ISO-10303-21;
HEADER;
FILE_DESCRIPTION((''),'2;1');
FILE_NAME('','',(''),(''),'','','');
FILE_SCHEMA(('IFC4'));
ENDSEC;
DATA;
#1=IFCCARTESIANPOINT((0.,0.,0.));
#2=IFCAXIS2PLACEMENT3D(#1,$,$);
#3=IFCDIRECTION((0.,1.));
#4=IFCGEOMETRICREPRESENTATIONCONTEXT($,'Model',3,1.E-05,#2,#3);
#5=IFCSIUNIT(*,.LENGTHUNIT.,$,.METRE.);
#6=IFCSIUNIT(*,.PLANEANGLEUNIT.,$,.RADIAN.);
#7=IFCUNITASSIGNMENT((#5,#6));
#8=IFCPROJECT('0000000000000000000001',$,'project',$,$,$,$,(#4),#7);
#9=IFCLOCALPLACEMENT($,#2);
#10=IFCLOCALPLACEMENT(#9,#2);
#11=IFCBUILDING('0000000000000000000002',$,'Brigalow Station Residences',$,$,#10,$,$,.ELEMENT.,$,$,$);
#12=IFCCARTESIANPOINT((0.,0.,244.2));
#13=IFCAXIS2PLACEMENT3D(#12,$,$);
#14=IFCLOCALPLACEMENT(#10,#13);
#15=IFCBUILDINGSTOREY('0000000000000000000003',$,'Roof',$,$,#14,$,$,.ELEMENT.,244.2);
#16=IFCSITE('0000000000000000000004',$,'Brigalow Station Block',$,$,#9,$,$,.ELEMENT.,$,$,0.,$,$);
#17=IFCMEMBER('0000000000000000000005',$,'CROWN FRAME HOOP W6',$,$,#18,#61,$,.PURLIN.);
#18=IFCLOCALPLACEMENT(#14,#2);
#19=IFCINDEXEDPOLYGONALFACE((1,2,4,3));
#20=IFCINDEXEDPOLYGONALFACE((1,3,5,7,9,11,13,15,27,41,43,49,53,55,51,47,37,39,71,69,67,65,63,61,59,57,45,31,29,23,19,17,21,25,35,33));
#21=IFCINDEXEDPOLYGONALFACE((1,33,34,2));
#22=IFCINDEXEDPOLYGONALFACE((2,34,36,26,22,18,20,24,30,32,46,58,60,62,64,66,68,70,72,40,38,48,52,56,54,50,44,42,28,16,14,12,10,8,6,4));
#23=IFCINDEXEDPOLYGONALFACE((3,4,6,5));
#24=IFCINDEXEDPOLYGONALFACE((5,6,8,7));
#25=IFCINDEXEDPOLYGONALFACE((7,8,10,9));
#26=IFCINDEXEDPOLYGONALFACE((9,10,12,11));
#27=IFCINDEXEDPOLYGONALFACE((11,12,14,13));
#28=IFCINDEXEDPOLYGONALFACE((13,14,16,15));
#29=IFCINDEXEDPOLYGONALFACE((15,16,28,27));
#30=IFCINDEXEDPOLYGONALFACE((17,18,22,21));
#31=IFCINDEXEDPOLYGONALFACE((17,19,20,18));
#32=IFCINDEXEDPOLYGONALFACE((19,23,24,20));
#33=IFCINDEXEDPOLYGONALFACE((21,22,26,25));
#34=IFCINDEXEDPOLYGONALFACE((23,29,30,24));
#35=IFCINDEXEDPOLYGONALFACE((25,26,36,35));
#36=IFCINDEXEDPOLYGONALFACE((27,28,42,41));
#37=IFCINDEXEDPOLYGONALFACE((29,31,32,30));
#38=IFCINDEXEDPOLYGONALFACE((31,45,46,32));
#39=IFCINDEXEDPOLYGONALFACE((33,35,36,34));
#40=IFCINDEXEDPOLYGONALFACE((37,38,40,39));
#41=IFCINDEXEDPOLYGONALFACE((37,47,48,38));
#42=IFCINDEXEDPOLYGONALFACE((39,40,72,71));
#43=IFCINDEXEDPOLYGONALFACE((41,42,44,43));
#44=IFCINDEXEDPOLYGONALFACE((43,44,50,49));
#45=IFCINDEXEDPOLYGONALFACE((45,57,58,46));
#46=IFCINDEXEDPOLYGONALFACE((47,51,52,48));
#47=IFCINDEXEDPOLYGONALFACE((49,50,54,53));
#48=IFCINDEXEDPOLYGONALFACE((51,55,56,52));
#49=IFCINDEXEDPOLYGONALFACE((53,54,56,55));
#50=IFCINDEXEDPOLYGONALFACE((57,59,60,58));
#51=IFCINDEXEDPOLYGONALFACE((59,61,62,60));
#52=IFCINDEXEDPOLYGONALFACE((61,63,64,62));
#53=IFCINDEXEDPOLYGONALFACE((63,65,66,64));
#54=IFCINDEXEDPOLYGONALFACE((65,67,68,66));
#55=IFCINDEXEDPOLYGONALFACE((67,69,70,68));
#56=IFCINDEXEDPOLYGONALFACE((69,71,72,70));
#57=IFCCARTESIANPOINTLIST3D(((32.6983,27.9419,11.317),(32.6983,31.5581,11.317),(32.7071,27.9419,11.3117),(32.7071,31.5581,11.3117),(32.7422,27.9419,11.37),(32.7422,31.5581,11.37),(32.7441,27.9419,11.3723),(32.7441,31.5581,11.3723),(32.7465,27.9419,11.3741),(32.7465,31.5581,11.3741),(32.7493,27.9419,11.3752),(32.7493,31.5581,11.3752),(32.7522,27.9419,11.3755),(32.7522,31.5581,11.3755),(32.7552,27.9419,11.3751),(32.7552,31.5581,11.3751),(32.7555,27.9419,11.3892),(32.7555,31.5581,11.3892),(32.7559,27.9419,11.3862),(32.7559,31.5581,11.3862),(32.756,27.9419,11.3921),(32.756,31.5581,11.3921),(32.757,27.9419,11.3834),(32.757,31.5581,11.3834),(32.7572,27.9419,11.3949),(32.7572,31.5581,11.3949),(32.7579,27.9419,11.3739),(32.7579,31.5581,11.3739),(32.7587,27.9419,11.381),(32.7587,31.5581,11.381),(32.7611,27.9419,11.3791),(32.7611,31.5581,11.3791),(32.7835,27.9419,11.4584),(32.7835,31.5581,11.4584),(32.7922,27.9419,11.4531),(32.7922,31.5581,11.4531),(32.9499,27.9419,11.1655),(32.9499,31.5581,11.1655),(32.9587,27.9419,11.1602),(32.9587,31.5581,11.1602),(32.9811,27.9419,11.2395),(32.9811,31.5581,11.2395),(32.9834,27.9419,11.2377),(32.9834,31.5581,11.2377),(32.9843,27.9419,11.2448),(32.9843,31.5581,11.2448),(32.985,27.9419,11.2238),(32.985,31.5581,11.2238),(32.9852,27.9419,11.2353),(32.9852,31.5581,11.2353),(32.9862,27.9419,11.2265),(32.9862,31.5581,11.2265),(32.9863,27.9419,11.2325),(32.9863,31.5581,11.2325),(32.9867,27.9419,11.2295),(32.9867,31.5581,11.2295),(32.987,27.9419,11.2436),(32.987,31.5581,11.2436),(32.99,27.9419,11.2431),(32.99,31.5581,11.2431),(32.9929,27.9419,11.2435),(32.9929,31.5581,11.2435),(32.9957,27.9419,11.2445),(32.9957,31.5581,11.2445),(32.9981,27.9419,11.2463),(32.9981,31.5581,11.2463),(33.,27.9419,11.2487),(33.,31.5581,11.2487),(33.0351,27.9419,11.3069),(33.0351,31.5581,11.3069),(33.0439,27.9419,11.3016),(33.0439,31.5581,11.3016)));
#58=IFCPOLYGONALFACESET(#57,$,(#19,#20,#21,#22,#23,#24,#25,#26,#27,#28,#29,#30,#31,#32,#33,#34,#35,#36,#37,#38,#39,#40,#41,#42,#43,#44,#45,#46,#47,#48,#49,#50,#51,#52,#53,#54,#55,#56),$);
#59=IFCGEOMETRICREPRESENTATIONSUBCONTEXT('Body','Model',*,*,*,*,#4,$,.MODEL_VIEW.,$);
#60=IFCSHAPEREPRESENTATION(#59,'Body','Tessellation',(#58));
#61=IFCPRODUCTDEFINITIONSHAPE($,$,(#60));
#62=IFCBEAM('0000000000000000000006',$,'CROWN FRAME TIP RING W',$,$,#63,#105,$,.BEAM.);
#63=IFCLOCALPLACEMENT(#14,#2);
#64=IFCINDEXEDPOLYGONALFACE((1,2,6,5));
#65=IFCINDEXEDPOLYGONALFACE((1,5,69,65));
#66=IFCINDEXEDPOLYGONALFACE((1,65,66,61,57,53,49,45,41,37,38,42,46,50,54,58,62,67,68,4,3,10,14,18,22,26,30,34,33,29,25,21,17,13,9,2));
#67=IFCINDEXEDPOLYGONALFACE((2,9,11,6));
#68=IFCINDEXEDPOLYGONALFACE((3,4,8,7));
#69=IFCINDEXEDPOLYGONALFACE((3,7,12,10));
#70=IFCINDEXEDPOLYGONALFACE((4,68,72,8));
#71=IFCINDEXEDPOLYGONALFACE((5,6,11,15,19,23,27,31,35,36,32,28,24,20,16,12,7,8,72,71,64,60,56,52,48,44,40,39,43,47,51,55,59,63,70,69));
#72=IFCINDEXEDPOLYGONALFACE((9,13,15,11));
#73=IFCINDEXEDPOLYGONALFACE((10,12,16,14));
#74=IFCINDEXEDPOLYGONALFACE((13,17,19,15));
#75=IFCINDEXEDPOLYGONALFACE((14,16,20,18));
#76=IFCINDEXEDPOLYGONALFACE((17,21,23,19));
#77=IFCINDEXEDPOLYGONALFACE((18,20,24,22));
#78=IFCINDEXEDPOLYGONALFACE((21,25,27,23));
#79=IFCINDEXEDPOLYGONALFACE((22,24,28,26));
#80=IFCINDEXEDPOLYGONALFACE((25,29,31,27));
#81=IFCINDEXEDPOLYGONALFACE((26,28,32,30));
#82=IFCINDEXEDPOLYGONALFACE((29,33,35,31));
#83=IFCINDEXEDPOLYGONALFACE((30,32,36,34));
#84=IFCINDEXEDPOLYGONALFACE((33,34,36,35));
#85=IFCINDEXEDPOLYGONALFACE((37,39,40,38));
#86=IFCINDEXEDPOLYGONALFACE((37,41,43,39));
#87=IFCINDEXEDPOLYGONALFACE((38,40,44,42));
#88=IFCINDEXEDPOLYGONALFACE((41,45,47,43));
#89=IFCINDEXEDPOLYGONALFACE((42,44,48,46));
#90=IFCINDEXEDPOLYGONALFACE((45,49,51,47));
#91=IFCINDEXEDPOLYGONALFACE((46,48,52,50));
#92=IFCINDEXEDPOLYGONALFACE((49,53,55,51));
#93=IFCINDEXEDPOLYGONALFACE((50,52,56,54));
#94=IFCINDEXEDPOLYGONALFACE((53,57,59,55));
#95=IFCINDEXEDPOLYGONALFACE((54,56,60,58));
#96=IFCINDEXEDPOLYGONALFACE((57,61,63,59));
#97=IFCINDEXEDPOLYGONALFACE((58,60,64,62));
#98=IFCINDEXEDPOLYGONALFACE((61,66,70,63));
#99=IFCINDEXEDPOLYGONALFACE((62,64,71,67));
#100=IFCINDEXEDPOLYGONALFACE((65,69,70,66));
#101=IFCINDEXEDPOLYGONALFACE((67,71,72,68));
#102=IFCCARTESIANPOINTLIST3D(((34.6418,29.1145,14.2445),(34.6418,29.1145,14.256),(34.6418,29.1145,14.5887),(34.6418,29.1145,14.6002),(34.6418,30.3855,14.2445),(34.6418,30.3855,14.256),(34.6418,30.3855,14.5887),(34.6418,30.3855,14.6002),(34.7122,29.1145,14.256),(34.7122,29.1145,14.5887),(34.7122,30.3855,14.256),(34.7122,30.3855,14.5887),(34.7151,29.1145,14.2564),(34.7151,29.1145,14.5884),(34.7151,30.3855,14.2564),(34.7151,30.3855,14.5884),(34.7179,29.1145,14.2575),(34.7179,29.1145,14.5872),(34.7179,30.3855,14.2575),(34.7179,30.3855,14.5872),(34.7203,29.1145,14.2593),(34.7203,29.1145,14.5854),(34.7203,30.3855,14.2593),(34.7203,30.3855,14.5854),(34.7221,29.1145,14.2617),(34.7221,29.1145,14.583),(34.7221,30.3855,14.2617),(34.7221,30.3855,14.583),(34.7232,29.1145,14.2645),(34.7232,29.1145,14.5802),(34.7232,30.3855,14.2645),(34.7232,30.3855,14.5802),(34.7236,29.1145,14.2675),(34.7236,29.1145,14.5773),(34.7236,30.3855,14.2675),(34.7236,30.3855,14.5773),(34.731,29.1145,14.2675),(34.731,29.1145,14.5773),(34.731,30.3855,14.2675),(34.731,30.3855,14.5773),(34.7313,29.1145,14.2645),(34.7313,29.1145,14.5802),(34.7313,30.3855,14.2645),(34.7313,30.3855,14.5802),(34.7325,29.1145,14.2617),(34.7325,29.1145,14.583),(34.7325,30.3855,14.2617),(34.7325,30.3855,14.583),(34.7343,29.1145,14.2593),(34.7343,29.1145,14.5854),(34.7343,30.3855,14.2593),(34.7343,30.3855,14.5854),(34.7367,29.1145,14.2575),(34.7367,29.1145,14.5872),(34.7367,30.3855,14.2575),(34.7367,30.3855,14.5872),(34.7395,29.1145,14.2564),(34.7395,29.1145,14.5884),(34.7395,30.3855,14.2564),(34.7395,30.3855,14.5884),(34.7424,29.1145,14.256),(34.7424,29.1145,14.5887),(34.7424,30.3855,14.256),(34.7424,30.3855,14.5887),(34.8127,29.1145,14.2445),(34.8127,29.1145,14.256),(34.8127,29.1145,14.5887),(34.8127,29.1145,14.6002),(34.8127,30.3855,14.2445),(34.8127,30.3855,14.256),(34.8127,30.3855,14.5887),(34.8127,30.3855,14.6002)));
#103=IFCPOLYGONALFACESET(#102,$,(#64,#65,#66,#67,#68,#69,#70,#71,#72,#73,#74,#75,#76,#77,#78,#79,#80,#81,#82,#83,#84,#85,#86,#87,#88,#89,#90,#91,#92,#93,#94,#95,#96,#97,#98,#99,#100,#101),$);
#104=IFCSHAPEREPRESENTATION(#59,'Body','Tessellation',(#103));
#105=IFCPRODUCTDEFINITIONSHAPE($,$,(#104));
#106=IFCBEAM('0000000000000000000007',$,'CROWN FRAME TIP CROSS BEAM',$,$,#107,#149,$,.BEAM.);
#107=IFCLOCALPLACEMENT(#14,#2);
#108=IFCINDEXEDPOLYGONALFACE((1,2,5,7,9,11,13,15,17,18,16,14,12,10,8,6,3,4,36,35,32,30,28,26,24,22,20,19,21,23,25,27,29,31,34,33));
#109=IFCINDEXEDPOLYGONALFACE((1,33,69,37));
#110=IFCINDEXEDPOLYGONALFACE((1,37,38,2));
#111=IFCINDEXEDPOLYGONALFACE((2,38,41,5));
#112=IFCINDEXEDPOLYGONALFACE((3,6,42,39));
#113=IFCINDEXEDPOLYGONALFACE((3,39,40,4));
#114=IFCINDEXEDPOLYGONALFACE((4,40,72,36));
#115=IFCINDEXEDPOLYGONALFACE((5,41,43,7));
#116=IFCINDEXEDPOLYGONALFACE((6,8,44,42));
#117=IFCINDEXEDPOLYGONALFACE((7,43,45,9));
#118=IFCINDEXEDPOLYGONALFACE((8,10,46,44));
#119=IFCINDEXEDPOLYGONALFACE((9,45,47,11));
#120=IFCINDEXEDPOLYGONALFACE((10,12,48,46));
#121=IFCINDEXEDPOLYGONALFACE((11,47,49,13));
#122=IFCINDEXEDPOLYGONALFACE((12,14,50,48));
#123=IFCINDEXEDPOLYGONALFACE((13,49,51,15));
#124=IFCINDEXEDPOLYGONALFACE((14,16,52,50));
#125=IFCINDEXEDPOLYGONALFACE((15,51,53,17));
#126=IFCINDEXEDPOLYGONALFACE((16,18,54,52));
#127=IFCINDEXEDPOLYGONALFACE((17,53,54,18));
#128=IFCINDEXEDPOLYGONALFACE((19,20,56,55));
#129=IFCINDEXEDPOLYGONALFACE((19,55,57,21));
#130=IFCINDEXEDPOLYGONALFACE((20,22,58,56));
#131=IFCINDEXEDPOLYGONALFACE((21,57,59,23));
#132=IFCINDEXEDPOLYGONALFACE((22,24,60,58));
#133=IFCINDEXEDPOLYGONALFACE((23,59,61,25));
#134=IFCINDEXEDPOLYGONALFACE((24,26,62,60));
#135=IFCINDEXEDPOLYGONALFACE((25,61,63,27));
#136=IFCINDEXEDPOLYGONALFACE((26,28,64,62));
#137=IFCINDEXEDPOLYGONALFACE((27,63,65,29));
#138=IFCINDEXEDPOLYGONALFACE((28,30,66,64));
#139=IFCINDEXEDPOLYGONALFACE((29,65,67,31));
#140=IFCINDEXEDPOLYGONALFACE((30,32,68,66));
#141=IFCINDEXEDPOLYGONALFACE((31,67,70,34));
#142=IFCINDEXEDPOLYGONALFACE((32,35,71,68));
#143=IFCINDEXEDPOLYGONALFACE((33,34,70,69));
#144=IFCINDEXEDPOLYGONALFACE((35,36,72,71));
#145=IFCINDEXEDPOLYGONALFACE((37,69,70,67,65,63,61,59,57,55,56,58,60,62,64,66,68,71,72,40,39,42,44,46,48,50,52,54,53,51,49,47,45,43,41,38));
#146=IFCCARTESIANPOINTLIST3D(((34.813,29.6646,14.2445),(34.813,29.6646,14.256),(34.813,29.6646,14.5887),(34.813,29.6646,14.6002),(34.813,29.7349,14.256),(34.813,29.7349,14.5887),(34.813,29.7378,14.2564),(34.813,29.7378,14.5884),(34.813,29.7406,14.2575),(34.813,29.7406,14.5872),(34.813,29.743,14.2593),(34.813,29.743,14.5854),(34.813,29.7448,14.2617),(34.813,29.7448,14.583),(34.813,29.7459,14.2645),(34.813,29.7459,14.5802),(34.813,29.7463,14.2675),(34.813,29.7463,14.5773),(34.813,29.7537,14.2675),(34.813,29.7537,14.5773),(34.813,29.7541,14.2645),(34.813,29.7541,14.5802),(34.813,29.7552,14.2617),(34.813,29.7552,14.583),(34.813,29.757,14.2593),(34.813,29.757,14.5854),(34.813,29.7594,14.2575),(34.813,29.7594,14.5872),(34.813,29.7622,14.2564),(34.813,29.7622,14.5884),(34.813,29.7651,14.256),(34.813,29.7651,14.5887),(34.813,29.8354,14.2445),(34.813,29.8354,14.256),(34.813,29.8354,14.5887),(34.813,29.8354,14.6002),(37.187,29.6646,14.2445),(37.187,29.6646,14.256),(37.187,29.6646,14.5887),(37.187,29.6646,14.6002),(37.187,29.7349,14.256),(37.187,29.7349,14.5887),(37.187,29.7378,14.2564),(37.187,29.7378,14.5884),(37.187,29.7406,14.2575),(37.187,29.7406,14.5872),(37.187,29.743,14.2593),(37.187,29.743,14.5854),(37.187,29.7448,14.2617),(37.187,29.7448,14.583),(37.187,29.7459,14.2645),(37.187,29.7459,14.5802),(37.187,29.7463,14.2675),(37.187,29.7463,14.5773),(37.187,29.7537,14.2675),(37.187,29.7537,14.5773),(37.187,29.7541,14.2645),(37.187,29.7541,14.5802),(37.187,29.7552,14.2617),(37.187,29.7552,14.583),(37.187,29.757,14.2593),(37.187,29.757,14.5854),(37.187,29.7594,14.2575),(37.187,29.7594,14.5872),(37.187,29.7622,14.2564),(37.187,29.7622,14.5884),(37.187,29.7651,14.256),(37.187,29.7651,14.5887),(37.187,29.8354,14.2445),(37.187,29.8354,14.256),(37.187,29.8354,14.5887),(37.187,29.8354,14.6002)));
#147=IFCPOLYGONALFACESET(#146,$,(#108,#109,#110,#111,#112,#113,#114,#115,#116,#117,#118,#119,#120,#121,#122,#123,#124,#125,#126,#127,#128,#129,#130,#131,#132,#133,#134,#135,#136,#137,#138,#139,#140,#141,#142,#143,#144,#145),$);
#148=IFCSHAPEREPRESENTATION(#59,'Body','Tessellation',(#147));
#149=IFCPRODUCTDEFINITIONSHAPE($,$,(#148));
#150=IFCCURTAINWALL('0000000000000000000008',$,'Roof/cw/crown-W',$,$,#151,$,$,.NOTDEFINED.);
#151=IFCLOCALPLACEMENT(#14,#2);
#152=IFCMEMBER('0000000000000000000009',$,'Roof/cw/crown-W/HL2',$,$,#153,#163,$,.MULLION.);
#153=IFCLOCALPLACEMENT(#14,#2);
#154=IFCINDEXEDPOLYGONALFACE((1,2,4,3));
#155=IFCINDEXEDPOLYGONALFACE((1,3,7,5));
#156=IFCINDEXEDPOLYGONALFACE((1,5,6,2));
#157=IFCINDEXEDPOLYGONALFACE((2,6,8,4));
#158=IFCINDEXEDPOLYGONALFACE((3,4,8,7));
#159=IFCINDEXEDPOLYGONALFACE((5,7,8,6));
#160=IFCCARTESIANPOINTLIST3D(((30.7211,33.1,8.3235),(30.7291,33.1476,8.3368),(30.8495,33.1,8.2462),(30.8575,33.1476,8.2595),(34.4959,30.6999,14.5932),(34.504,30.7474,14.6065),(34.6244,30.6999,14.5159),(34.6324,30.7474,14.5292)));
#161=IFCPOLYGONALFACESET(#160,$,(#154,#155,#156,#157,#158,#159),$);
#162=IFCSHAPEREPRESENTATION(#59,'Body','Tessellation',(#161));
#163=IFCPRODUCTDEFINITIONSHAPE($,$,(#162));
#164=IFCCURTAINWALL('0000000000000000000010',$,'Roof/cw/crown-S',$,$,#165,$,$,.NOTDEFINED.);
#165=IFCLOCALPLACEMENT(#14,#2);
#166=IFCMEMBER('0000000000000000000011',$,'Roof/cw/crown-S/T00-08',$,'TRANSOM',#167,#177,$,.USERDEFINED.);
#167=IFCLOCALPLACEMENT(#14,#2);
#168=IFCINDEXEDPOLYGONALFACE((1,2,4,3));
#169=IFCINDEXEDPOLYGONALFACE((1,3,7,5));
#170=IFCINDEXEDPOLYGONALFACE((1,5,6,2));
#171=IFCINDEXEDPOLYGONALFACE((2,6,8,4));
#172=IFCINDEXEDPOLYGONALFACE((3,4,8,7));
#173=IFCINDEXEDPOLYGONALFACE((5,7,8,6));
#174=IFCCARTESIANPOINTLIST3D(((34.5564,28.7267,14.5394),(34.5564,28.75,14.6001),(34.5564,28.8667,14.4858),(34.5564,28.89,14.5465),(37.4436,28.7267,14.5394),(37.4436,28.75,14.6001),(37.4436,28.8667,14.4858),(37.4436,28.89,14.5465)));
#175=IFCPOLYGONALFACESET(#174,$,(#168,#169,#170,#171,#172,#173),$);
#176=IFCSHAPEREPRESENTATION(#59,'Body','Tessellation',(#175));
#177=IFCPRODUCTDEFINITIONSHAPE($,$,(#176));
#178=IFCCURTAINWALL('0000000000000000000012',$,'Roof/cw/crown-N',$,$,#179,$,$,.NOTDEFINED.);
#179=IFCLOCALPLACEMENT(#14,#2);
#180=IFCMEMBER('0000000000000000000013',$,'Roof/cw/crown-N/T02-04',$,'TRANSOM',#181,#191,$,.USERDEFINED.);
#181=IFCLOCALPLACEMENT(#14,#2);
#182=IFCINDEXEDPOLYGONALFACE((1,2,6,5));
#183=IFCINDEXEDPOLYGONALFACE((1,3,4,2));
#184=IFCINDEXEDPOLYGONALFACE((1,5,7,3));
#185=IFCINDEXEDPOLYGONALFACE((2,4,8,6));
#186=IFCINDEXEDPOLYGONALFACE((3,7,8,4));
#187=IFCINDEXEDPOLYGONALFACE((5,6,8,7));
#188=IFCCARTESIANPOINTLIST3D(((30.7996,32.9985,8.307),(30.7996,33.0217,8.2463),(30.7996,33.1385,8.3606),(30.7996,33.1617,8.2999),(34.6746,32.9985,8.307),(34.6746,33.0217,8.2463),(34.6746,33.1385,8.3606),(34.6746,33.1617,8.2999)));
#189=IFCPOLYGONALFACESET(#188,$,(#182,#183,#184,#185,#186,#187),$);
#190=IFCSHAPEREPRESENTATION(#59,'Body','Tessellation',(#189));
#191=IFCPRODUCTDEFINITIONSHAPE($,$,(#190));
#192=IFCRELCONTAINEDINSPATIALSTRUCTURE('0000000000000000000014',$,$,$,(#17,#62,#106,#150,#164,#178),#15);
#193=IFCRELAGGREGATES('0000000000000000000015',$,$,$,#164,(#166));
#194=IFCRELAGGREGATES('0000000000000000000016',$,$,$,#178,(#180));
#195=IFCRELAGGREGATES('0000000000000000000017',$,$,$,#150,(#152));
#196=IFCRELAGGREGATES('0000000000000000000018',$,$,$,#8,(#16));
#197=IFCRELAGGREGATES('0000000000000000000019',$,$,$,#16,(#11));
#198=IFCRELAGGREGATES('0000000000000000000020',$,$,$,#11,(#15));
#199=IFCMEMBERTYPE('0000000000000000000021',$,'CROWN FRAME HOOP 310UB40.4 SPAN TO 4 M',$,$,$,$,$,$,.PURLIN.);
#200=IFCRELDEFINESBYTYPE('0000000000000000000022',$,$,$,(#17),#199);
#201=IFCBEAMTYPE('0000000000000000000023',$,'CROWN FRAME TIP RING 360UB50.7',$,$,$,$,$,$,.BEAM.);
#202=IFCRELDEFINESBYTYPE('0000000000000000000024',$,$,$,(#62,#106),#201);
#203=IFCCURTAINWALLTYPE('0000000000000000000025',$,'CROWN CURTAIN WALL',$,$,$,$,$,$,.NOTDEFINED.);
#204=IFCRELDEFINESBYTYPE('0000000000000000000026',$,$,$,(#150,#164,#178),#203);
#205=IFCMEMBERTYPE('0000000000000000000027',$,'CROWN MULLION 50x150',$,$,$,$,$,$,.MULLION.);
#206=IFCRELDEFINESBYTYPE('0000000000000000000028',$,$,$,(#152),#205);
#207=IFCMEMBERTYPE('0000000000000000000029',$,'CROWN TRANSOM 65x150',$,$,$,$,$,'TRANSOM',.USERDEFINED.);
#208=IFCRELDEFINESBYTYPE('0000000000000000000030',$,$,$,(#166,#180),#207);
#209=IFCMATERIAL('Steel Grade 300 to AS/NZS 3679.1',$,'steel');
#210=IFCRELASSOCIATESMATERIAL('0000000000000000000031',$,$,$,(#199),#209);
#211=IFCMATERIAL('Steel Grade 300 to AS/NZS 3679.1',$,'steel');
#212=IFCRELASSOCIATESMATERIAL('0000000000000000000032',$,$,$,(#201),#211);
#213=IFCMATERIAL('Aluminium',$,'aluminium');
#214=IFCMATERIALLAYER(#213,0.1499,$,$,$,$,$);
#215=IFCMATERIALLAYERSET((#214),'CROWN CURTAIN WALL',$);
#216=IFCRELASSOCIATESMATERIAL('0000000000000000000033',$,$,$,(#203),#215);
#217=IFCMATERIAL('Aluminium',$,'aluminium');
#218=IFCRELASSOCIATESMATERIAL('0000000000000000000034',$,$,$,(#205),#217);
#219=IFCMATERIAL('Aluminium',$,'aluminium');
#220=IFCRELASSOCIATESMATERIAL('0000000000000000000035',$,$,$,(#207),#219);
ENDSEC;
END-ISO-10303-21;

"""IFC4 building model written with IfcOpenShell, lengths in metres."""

from ifc_helpers import new_model, si_unit, direction, frame, origin, origin_2d, place, context, subcontext, project, spatial, rectangle, i_section, extrude, material, layer, layer_set, material_profile, profile_set, type_object, element, aggregate, save


model = new_model("IFC4")

# Units and contexts
model_context = context("Model", 3, precision=1e-05, world=origin(), true_north=direction((0.0, 1.0)))
body_context = subcontext(model_context, "Body", "Model", "MODEL_VIEW")
ifc_project = project(units=[si_unit("LENGTHUNIT", "METRE"), si_unit("PLANEANGLEUNIT", "RADIAN")], contexts=[model_context])

# Site, building, storey
site_placement = place(None, origin())
site = spatial("IfcSite", under=ifc_project, at=site_placement, Name="Brigalow Station Block", CompositionType="ELEMENT", RefElevation=0.0)
building_placement = place(site_placement, origin())
building = spatial("IfcBuilding", under=site, at=building_placement, Name="Brigalow Station Residences", CompositionType="ELEMENT")
storey_placement = place(building_placement, frame((0.0, 0.0, 244.2)))
storey = spatial("IfcBuildingStorey", under=building, at=storey_placement, Name="Roof", CompositionType="ELEMENT", Elevation=244.2)

# Member
ifc_material_1 = material(Name="Steel Grade 300 to AS/NZS 3679.1", Category="steel")
ifc_material_profile_1 = material_profile(ifc_material_1, i_section(OverallWidth=0.165, OverallDepth=0.304, WebThickness=0.0061, FlangeThickness=0.0103, FilletRadius=0.0115, at=origin_2d()), Name="310UB40.4")
ifc_profile_set_1 = profile_set([ifc_material_profile_1], Name="Steel Grade 300 to AS/NZS 3679.1")
member_type_1 = type_object("IfcMemberType", Name="CROWN FRAME HOOP 310UB40.4 SPAN TO 4 M", PredefinedType="PURLIN", material=ifc_profile_set_1)
member_1_placement = place(storey_placement, frame((32.8711, 31.5581, 11.3093), z_axis=(0.0, -1.0, 0.0), x_axis=(0.515813, 0.0, 0.856701)))
element("IfcMember", 1, at=member_1_placement, inside=storey, type_object=member_type_1, Name="CROWN FRAME HOOP W6", PredefinedType="PURLIN", context=body_context, shape_type="SweptSolid", body=[
    extrude(i_section(OverallWidth=0.165, OverallDepth=0.304, WebThickness=0.0061, FlangeThickness=0.0103, FilletRadius=0.0115, at=origin_2d()), origin(), (0.0, 0.0, 1.0), 3.6162),
])

# Beams
ifc_material_2 = material(Name="Steel Grade 300 to AS/NZS 3679.1", Category="steel")
ifc_material_profile_2 = material_profile(ifc_material_2, i_section(OverallWidth=0.1709, OverallDepth=0.3557, WebThickness=0.0073, FlangeThickness=0.0115, FilletRadius=0.0115, at=origin_2d()), Name="360UB50.7")
ifc_profile_set_2 = profile_set([ifc_material_profile_2], Name="Steel Grade 300 to AS/NZS 3679.1")
beam_type = type_object("IfcBeamType", Name="CROWN FRAME TIP RING 360UB50.7", PredefinedType="BEAM", material=ifc_profile_set_2)
beam_1_placement = place(storey_placement, frame((34.7273, 30.3855, 14.4224), z_axis=(0.0, -1.0, 0.0), x_axis=(1.0, 0.0, 0.0)))
element("IfcBeam", 2, at=beam_1_placement, inside=storey, type_object=beam_type, Name="CROWN FRAME TIP RING W", PredefinedType="BEAM", context=body_context, shape_type="SweptSolid", body=[
    extrude(i_section(OverallWidth=0.1709, OverallDepth=0.3557, WebThickness=0.0073, FlangeThickness=0.0115, FilletRadius=0.0115, at=origin_2d()), origin(), (0.0, 0.0, 1.0), 1.271),
])
beam_2_placement = place(storey_placement, frame((34.813, 29.75, 14.4224), z_axis=(1.0, 0.0, 0.0), x_axis=(0.0, 1.0, 0.0)))
element("IfcBeam", 3, at=beam_2_placement, inside=storey, type_object=beam_type, Name="CROWN FRAME TIP CROSS BEAM", PredefinedType="BEAM", context=body_context, shape_type="SweptSolid", body=[
    extrude(i_section(OverallWidth=0.1709, OverallDepth=0.3557, WebThickness=0.0073, FlangeThickness=0.0115, FilletRadius=0.0115, at=origin_2d()), origin(), (0.0, 0.0, 1.0), 2.374),
])

# Curtain walls, members
ifc_material_3 = material(Name="Aluminium", Category="aluminium")
ifc_layer_1 = layer(ifc_material_3, 0.1499)
ifc_layer_set_1 = layer_set([ifc_layer_1], Name="CROWN CURTAIN WALL")
curtain_wall_type = type_object("IfcCurtainWallType", Name="CROWN CURTAIN WALL", PredefinedType="NOTDEFINED", material=ifc_layer_set_1)
curtain_wall_1_placement = place(storey_placement, origin())
curtain_wall_1 = element("IfcCurtainWall", 4, at=curtain_wall_1_placement, inside=storey, type_object=curtain_wall_type, Name="Roof/cw/crown-W", PredefinedType="NOTDEFINED")
ifc_material_4 = material(Name="Aluminium", Category="aluminium")
ifc_material_profile_3 = material_profile(ifc_material_4, rectangle(XDim=0.05, YDim=0.1499, at=origin_2d()), Name="CROWN MULLION 50x150")
ifc_profile_set_3 = profile_set([ifc_material_profile_3], Name="Aluminium")
member_type_2 = type_object("IfcMemberType", Name="CROWN MULLION 50x150", PredefinedType="MULLION", material=ifc_profile_set_3)
member_2_placement = place(storey_placement, frame((30.7893, 33.1238, 8.2915), z_axis=(0.49012, -0.311627, 0.814046), x_axis=(0.160768, 0.950205, 0.266955)))
member_2 = element("IfcMember", 5, at=member_2_placement, type_object=member_type_2, Name="Roof/cw/crown-W/HL2", PredefinedType="MULLION", context=body_context, shape_type="SweptSolid", body=[
    extrude(rectangle(XDim=0.05, YDim=0.1499, at=origin_2d()), origin(), (0.0, 0.0, 1.0), 7.7019),
])
curtain_wall_2_placement = place(storey_placement, origin())
curtain_wall_2 = element("IfcCurtainWall", 6, at=curtain_wall_2_placement, inside=storey, type_object=curtain_wall_type, Name="Roof/cw/crown-S", PredefinedType="NOTDEFINED")
ifc_material_5 = material(Name="Aluminium", Category="aluminium")
ifc_material_profile_4 = material_profile(ifc_material_5, rectangle(XDim=0.0649, YDim=0.1499, at=origin_2d()), Name="CROWN TRANSOM 65x150")
ifc_profile_set_4 = profile_set([ifc_material_profile_4], Name="Aluminium")
member_type_3 = type_object("IfcMemberType", Name="CROWN TRANSOM 65x150", ElementType="TRANSOM", PredefinedType="USERDEFINED", material=ifc_profile_set_4)
member_3_placement = place(storey_placement, frame((34.5564, 28.8083, 14.543), z_axis=(1.0, 0.0, 0.0), x_axis=(0.0, 0.357491, 0.933917)))
member_3 = element("IfcMember", 7, at=member_3_placement, type_object=member_type_3, Name="Roof/cw/crown-S/T00-08", ObjectType="TRANSOM", PredefinedType="USERDEFINED", context=body_context, shape_type="SweptSolid", body=[
    extrude(rectangle(XDim=0.0649, YDim=0.1499, at=origin_2d()), origin(), (0.0, 0.0, 1.0), 2.8872),
])
aggregate(curtain_wall_2, [member_3])

# Curtain wall, member
curtain_wall_3_placement = place(storey_placement, origin())
curtain_wall_3 = element("IfcCurtainWall", 8, at=curtain_wall_3_placement, inside=storey, type_object=curtain_wall_type, Name="Roof/cw/crown-N", PredefinedType="NOTDEFINED")
member_4_placement = place(storey_placement, frame((34.6746, 33.0801, 8.3035), z_axis=(-1.0, 0.0, 0.0), x_axis=(0.0, -0.357491, 0.933917)))
member_4 = element("IfcMember", 9, at=member_4_placement, type_object=member_type_3, Name="Roof/cw/crown-N/T02-04", ObjectType="TRANSOM", PredefinedType="USERDEFINED", context=body_context, shape_type="SweptSolid", body=[
    extrude(rectangle(XDim=0.0649, YDim=0.1499, at=origin_2d()), origin(), (0.0, 0.0, 1.0), 3.875),
])

aggregate(curtain_wall_3, [member_4])
aggregate(curtain_wall_1, [member_2])

save(model, "model.ifc")
